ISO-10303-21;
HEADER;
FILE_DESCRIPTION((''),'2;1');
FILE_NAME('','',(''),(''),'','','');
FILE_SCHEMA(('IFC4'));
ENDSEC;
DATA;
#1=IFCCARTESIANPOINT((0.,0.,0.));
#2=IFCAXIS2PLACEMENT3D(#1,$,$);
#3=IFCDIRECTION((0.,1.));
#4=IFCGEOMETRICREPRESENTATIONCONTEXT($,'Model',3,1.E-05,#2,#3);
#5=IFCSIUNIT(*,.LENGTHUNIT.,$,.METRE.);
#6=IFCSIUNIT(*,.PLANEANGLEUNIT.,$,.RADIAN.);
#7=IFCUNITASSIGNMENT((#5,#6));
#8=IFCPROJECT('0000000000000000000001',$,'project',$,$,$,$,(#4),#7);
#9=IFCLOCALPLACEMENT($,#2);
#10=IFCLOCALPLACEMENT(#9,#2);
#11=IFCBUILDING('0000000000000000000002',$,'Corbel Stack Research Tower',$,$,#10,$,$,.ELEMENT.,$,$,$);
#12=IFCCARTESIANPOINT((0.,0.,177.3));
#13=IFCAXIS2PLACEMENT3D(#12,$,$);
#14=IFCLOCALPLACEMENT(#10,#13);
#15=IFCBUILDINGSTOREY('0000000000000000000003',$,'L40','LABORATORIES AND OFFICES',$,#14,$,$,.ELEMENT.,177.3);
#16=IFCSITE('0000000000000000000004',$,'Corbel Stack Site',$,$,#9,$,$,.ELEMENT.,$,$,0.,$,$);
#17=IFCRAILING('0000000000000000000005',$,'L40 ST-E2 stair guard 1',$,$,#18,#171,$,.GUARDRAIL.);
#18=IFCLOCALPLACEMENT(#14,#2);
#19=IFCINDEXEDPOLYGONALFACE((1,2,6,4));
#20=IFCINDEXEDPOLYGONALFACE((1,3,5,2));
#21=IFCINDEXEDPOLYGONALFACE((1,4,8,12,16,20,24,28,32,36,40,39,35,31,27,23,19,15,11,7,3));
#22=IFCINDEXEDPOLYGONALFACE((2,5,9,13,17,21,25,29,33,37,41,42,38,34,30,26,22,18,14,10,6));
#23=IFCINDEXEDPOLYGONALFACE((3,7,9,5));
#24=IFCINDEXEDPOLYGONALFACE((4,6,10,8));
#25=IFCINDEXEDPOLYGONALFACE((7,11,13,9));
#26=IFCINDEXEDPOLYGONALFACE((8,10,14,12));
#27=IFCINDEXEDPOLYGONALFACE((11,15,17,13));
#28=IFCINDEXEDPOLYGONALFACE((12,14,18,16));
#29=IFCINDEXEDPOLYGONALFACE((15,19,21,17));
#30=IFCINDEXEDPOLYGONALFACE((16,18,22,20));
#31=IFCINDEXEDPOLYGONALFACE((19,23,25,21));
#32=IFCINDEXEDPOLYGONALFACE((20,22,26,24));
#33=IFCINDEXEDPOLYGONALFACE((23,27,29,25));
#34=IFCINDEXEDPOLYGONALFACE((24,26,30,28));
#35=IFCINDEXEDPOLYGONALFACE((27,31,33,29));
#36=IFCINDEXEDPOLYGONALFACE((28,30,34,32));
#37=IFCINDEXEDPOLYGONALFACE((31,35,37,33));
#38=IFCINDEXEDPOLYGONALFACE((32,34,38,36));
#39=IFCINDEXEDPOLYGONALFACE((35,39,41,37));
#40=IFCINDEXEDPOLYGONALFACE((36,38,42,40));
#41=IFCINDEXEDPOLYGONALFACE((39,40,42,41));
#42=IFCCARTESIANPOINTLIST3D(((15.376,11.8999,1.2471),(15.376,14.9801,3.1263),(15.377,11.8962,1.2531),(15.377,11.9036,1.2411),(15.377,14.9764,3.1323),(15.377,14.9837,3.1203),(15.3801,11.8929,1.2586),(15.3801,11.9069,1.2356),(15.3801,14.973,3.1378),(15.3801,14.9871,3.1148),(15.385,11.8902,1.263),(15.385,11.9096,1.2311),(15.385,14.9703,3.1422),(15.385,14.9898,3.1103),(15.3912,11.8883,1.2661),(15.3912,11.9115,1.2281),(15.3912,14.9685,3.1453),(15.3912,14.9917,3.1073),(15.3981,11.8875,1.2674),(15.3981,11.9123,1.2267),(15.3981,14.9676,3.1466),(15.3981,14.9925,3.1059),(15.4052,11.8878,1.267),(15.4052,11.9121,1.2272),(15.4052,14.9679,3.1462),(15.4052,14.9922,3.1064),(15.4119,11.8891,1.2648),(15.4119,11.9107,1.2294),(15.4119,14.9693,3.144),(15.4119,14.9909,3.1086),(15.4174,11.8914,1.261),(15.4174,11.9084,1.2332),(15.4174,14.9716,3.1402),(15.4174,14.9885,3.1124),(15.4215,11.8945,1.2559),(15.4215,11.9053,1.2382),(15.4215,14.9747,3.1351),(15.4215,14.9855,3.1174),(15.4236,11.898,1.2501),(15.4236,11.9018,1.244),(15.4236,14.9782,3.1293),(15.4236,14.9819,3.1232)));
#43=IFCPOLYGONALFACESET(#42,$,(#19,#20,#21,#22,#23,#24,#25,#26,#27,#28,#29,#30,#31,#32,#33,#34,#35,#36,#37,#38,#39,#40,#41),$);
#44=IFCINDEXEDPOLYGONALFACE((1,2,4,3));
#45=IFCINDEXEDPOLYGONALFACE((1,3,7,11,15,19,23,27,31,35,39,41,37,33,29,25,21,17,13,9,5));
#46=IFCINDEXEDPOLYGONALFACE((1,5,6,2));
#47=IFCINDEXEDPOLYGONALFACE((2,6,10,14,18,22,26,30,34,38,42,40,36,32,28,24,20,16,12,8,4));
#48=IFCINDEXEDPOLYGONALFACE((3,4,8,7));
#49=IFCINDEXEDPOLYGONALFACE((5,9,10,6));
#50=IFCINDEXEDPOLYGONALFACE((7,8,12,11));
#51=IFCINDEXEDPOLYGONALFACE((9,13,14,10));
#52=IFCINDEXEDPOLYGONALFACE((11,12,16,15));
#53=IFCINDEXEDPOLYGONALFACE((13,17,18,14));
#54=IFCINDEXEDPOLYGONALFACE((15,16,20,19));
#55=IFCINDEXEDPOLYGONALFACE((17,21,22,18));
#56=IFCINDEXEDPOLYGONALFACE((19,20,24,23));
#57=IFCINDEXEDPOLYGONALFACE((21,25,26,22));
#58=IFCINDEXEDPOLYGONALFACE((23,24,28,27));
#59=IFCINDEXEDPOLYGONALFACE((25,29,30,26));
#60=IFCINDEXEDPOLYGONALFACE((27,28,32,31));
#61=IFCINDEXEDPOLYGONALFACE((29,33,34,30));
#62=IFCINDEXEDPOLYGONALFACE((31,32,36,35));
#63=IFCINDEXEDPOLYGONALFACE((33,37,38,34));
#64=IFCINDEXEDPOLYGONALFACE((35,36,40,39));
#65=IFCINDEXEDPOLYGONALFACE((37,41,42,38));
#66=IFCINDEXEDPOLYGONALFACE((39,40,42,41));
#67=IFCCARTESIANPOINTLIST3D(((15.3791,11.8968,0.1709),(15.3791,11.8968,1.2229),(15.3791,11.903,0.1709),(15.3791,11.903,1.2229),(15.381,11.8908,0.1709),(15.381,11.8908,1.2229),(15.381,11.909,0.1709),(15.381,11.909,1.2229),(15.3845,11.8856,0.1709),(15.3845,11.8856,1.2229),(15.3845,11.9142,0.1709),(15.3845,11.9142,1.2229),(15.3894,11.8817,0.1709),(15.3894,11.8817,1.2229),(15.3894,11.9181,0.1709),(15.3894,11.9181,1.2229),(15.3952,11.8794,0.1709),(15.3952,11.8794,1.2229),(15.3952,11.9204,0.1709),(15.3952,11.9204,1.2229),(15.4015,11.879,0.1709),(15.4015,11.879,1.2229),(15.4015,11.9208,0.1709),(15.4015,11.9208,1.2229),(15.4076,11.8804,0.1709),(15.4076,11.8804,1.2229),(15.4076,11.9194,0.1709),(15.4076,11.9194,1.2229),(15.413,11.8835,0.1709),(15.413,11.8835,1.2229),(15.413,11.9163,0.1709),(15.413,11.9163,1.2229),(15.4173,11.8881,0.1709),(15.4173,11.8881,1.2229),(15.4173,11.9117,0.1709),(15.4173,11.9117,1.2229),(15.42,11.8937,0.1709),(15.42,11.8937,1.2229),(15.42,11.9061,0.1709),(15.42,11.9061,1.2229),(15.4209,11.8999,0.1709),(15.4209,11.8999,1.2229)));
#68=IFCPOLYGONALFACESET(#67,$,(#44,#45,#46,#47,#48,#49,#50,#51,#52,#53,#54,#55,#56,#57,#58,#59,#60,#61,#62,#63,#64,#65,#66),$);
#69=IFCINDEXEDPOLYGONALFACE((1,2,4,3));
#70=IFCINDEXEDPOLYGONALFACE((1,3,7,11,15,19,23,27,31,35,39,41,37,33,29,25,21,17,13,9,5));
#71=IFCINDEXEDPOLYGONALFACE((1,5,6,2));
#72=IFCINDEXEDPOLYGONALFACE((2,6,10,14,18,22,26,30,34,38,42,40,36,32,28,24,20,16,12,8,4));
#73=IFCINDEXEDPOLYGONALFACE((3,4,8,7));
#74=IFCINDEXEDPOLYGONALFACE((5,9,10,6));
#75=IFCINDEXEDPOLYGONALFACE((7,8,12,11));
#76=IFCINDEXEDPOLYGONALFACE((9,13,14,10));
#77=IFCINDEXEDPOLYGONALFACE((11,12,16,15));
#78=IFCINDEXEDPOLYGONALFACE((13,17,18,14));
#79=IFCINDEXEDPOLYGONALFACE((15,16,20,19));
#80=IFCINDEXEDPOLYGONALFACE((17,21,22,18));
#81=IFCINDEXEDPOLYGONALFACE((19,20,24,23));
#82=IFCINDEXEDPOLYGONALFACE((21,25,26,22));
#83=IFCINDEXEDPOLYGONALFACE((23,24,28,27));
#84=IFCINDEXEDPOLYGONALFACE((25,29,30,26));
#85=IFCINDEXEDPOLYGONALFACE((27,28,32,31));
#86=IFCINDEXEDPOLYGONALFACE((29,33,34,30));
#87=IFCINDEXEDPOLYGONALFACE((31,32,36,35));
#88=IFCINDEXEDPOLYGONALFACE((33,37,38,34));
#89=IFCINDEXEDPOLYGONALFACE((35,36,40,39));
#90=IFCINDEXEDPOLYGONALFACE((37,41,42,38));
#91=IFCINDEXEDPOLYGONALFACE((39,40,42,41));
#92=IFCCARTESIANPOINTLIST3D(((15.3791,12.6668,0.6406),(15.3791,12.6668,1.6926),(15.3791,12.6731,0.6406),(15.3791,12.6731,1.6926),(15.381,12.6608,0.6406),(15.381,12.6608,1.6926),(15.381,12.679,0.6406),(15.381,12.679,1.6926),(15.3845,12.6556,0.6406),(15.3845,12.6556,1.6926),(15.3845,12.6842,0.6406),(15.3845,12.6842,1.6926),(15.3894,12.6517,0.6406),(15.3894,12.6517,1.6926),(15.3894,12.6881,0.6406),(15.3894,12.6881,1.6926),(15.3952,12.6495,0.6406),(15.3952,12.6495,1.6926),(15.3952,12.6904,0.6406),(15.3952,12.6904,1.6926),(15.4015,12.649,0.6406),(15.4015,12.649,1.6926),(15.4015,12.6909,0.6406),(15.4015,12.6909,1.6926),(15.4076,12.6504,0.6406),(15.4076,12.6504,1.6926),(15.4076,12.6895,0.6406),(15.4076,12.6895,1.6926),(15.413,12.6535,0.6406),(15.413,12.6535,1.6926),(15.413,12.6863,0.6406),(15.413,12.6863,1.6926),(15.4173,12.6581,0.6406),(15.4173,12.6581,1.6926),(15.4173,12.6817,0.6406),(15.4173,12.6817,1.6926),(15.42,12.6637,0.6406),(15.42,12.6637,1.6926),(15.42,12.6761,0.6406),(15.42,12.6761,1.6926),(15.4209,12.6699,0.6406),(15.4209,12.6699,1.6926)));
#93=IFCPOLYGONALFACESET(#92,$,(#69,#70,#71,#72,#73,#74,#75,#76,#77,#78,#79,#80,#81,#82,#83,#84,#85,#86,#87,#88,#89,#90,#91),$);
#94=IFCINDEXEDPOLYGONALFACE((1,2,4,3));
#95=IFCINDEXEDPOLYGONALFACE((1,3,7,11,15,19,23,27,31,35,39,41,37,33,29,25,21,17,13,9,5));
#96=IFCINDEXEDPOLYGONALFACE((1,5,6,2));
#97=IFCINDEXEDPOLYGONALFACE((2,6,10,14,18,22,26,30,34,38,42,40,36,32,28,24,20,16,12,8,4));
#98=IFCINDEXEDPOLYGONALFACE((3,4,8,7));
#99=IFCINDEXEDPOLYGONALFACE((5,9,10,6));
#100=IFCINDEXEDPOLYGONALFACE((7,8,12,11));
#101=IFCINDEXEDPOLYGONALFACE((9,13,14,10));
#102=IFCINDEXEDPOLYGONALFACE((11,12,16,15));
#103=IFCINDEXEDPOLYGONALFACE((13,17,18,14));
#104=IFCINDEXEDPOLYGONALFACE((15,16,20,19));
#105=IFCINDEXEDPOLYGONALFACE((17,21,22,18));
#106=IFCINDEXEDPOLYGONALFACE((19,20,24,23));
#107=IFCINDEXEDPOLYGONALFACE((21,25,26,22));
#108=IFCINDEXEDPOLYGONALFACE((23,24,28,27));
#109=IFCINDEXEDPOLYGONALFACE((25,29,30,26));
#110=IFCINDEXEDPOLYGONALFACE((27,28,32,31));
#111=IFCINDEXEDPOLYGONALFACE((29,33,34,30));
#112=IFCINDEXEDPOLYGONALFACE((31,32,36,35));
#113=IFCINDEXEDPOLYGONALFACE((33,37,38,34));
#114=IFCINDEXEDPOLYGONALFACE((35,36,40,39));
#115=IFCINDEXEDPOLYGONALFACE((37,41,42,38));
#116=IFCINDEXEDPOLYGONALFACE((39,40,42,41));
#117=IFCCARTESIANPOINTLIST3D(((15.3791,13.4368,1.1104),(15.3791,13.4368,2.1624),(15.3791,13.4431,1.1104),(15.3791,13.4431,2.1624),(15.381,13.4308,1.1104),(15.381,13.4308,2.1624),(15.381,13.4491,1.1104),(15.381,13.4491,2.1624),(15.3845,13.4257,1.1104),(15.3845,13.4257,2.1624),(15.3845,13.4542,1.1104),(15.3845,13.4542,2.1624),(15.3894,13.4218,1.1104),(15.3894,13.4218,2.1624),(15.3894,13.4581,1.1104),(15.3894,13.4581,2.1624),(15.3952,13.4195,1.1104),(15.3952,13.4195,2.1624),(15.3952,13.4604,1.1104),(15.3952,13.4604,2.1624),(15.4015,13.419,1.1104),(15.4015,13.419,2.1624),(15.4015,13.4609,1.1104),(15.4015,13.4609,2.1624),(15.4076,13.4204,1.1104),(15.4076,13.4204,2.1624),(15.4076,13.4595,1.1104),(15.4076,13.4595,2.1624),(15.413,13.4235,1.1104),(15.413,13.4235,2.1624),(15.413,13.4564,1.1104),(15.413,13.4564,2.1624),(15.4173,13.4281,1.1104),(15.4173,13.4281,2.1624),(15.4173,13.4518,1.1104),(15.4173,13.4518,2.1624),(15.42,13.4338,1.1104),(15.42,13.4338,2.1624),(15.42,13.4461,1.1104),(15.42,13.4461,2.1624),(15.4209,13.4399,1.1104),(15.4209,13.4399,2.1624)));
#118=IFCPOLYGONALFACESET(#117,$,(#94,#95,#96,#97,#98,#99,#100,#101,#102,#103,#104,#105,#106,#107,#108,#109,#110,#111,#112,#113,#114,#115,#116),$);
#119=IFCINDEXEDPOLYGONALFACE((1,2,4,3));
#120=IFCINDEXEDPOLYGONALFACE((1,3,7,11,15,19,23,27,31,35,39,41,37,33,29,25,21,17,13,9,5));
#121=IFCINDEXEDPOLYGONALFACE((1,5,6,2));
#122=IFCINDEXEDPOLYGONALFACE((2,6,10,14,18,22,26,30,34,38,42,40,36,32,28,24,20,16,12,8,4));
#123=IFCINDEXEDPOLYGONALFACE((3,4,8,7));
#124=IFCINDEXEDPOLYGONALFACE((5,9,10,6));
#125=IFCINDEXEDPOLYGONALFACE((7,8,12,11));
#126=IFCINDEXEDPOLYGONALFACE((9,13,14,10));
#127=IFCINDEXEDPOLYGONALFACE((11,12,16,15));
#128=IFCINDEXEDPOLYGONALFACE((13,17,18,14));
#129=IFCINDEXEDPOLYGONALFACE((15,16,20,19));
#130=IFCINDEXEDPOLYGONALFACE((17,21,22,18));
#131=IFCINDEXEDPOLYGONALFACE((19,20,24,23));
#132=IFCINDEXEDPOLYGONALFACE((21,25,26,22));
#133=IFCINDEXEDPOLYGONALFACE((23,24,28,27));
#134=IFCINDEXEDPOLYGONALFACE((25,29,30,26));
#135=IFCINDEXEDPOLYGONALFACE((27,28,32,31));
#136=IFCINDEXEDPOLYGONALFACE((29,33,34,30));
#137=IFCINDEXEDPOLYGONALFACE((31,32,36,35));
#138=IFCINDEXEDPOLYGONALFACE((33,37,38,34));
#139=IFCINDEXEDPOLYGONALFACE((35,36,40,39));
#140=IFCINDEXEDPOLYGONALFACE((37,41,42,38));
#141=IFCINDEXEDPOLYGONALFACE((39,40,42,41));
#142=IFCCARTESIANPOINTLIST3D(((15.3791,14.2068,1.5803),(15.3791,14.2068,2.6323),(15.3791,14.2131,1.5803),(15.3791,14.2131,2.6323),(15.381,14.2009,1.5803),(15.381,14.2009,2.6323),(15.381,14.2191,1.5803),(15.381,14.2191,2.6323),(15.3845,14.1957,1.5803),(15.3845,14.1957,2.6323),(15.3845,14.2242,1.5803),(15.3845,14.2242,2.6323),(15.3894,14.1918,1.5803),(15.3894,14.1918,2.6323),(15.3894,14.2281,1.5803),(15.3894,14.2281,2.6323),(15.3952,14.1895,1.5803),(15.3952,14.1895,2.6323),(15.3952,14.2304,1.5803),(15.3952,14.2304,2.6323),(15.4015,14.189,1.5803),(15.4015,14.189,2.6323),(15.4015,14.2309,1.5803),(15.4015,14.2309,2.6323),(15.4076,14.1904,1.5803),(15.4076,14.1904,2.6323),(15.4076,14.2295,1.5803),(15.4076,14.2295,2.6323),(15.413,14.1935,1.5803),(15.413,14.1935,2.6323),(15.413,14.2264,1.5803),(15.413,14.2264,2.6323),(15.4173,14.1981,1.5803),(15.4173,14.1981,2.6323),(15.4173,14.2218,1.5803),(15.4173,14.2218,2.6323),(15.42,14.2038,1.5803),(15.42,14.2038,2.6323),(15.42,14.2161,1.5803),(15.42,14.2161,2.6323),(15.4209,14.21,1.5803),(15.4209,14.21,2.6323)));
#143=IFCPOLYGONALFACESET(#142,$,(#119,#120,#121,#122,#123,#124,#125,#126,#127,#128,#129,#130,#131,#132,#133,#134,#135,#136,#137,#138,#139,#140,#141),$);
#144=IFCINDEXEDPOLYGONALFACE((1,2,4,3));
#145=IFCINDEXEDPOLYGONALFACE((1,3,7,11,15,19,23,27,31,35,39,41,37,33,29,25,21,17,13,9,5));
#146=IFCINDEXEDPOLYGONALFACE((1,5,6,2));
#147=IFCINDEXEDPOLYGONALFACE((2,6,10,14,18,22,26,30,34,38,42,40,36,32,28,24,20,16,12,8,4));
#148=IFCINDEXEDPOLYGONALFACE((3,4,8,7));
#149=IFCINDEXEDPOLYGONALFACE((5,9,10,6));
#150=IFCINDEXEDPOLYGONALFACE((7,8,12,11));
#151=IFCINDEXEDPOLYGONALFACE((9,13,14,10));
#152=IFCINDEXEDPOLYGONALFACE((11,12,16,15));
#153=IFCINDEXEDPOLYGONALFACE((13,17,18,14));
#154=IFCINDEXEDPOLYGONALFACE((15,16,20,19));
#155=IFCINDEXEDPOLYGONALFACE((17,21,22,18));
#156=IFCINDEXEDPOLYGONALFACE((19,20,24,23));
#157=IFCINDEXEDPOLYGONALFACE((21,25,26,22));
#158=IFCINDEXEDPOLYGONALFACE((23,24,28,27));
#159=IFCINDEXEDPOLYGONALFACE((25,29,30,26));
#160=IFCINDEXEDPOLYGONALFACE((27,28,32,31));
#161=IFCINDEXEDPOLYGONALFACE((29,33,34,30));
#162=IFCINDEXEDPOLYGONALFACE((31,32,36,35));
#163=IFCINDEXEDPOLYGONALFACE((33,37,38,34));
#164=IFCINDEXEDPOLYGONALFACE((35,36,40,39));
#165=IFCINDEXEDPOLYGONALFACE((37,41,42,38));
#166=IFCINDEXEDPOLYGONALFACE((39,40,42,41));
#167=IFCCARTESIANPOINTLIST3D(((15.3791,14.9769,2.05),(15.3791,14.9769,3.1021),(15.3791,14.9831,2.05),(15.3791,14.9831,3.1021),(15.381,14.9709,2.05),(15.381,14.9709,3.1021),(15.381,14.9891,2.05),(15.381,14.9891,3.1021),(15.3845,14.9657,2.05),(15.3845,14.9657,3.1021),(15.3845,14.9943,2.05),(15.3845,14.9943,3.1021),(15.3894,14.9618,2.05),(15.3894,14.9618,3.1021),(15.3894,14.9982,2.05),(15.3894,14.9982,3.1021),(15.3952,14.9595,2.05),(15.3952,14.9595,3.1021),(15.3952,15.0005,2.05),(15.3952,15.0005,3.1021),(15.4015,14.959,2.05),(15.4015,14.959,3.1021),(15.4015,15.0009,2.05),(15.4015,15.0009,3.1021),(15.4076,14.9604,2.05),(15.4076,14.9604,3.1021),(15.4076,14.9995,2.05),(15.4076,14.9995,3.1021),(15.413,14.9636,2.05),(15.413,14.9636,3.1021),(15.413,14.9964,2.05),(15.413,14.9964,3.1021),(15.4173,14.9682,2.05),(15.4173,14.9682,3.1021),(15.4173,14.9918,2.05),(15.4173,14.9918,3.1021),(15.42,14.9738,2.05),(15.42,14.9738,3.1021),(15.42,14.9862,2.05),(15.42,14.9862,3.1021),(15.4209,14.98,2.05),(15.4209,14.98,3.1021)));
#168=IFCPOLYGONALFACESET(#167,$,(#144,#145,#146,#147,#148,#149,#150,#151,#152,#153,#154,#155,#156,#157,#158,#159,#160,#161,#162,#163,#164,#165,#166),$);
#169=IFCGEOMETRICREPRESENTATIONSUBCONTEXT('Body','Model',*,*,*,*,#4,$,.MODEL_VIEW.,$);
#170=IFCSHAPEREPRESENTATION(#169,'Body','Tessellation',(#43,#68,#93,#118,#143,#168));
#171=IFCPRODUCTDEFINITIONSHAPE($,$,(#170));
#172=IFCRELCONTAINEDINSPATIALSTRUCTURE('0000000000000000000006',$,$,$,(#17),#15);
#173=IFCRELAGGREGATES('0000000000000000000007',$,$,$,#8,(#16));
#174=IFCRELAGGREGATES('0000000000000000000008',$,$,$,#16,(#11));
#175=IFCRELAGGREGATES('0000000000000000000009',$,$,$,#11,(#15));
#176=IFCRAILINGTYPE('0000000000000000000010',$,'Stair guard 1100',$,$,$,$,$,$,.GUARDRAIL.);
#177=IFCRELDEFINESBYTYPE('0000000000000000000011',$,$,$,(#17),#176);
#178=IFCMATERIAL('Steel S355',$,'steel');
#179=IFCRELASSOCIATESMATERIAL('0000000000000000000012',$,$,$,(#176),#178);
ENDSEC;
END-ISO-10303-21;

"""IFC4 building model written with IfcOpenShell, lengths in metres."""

from ifc_helpers import new_model, si_unit, direction, frame, origin, origin_2d, place, context, subcontext, project, spatial, circle, extrude, material, type_object, element, save


model = new_model("IFC4")

# Units and contexts
model_context = context("Model", 3, precision=1e-05, world=origin(), true_north=direction((0.0, 1.0)))
body_context = subcontext(model_context, "Body", "Model", "MODEL_VIEW")
ifc_project = project(units=[si_unit("LENGTHUNIT", "METRE"), si_unit("PLANEANGLEUNIT", "RADIAN")], contexts=[model_context])

# Site, building, storey
site_placement = place(None, origin())
site = spatial("IfcSite", under=ifc_project, at=site_placement, Name="Corbel Stack Site", CompositionType="ELEMENT", RefElevation=0.0)
building_placement = place(site_placement, origin())
building = spatial("IfcBuilding", under=site, at=building_placement, Name="Corbel Stack Research Tower", CompositionType="ELEMENT")
storey_placement = place(building_placement, frame((0.0, 0.0, 177.3)))
storey = spatial("IfcBuildingStorey", under=building, at=storey_placement, Name="L40", Description="LABORATORIES AND OFFICES", CompositionType="ELEMENT", Elevation=177.3)

# Railing
ifc_material_1 = material(Name="Steel S355", Category="steel")
railing_type_1 = type_object("IfcRailingType", Name="Stair guard 1100", PredefinedType="GUARDRAIL", material=ifc_material_1)
railing_1_placement = place(storey_placement, frame((15.3999, 11.8999, 0.1709)))
element("IfcRailing", 1, at=railing_1_placement, inside=storey, type_object=railing_type_1, Name="L40 ST-E2 stair guard 1", PredefinedType="GUARDRAIL", context=body_context, shape_type="SweptSolid", body=[
    extrude(circle(Radius=0.0239, at=origin_2d()), frame((0.0, 0.0, 1.0762), z_axis=(0.0, 0.853666, 0.52082), x_axis=(-1.0, 0.0, 0.0)), (0.0, 0.0, 1.0), 3.6082),
    extrude(circle(Radius=0.021, at=origin_2d()), origin(), (0.0, 0.0, 1.0), 1.052),
    extrude(circle(Radius=0.021, at=origin_2d()), frame((0.0, 0.77, 0.4697)), (0.0, 0.0, 1.0), 1.052),
    extrude(circle(Radius=0.021, at=origin_2d()), frame((0.0, 1.54, 0.9395)), (0.0, 0.0, 1.0), 1.052),
    extrude(circle(Radius=0.021, at=origin_2d()), frame((0.0, 2.3101, 1.4094)), (0.0, 0.0, 1.0), 1.052),
    extrude(circle(Radius=0.021, at=origin_2d()), frame((0.0, 3.0801, 1.8792)), (0.0, 0.0, 1.0), 1.052),
])

save(model, "model.ifc")
